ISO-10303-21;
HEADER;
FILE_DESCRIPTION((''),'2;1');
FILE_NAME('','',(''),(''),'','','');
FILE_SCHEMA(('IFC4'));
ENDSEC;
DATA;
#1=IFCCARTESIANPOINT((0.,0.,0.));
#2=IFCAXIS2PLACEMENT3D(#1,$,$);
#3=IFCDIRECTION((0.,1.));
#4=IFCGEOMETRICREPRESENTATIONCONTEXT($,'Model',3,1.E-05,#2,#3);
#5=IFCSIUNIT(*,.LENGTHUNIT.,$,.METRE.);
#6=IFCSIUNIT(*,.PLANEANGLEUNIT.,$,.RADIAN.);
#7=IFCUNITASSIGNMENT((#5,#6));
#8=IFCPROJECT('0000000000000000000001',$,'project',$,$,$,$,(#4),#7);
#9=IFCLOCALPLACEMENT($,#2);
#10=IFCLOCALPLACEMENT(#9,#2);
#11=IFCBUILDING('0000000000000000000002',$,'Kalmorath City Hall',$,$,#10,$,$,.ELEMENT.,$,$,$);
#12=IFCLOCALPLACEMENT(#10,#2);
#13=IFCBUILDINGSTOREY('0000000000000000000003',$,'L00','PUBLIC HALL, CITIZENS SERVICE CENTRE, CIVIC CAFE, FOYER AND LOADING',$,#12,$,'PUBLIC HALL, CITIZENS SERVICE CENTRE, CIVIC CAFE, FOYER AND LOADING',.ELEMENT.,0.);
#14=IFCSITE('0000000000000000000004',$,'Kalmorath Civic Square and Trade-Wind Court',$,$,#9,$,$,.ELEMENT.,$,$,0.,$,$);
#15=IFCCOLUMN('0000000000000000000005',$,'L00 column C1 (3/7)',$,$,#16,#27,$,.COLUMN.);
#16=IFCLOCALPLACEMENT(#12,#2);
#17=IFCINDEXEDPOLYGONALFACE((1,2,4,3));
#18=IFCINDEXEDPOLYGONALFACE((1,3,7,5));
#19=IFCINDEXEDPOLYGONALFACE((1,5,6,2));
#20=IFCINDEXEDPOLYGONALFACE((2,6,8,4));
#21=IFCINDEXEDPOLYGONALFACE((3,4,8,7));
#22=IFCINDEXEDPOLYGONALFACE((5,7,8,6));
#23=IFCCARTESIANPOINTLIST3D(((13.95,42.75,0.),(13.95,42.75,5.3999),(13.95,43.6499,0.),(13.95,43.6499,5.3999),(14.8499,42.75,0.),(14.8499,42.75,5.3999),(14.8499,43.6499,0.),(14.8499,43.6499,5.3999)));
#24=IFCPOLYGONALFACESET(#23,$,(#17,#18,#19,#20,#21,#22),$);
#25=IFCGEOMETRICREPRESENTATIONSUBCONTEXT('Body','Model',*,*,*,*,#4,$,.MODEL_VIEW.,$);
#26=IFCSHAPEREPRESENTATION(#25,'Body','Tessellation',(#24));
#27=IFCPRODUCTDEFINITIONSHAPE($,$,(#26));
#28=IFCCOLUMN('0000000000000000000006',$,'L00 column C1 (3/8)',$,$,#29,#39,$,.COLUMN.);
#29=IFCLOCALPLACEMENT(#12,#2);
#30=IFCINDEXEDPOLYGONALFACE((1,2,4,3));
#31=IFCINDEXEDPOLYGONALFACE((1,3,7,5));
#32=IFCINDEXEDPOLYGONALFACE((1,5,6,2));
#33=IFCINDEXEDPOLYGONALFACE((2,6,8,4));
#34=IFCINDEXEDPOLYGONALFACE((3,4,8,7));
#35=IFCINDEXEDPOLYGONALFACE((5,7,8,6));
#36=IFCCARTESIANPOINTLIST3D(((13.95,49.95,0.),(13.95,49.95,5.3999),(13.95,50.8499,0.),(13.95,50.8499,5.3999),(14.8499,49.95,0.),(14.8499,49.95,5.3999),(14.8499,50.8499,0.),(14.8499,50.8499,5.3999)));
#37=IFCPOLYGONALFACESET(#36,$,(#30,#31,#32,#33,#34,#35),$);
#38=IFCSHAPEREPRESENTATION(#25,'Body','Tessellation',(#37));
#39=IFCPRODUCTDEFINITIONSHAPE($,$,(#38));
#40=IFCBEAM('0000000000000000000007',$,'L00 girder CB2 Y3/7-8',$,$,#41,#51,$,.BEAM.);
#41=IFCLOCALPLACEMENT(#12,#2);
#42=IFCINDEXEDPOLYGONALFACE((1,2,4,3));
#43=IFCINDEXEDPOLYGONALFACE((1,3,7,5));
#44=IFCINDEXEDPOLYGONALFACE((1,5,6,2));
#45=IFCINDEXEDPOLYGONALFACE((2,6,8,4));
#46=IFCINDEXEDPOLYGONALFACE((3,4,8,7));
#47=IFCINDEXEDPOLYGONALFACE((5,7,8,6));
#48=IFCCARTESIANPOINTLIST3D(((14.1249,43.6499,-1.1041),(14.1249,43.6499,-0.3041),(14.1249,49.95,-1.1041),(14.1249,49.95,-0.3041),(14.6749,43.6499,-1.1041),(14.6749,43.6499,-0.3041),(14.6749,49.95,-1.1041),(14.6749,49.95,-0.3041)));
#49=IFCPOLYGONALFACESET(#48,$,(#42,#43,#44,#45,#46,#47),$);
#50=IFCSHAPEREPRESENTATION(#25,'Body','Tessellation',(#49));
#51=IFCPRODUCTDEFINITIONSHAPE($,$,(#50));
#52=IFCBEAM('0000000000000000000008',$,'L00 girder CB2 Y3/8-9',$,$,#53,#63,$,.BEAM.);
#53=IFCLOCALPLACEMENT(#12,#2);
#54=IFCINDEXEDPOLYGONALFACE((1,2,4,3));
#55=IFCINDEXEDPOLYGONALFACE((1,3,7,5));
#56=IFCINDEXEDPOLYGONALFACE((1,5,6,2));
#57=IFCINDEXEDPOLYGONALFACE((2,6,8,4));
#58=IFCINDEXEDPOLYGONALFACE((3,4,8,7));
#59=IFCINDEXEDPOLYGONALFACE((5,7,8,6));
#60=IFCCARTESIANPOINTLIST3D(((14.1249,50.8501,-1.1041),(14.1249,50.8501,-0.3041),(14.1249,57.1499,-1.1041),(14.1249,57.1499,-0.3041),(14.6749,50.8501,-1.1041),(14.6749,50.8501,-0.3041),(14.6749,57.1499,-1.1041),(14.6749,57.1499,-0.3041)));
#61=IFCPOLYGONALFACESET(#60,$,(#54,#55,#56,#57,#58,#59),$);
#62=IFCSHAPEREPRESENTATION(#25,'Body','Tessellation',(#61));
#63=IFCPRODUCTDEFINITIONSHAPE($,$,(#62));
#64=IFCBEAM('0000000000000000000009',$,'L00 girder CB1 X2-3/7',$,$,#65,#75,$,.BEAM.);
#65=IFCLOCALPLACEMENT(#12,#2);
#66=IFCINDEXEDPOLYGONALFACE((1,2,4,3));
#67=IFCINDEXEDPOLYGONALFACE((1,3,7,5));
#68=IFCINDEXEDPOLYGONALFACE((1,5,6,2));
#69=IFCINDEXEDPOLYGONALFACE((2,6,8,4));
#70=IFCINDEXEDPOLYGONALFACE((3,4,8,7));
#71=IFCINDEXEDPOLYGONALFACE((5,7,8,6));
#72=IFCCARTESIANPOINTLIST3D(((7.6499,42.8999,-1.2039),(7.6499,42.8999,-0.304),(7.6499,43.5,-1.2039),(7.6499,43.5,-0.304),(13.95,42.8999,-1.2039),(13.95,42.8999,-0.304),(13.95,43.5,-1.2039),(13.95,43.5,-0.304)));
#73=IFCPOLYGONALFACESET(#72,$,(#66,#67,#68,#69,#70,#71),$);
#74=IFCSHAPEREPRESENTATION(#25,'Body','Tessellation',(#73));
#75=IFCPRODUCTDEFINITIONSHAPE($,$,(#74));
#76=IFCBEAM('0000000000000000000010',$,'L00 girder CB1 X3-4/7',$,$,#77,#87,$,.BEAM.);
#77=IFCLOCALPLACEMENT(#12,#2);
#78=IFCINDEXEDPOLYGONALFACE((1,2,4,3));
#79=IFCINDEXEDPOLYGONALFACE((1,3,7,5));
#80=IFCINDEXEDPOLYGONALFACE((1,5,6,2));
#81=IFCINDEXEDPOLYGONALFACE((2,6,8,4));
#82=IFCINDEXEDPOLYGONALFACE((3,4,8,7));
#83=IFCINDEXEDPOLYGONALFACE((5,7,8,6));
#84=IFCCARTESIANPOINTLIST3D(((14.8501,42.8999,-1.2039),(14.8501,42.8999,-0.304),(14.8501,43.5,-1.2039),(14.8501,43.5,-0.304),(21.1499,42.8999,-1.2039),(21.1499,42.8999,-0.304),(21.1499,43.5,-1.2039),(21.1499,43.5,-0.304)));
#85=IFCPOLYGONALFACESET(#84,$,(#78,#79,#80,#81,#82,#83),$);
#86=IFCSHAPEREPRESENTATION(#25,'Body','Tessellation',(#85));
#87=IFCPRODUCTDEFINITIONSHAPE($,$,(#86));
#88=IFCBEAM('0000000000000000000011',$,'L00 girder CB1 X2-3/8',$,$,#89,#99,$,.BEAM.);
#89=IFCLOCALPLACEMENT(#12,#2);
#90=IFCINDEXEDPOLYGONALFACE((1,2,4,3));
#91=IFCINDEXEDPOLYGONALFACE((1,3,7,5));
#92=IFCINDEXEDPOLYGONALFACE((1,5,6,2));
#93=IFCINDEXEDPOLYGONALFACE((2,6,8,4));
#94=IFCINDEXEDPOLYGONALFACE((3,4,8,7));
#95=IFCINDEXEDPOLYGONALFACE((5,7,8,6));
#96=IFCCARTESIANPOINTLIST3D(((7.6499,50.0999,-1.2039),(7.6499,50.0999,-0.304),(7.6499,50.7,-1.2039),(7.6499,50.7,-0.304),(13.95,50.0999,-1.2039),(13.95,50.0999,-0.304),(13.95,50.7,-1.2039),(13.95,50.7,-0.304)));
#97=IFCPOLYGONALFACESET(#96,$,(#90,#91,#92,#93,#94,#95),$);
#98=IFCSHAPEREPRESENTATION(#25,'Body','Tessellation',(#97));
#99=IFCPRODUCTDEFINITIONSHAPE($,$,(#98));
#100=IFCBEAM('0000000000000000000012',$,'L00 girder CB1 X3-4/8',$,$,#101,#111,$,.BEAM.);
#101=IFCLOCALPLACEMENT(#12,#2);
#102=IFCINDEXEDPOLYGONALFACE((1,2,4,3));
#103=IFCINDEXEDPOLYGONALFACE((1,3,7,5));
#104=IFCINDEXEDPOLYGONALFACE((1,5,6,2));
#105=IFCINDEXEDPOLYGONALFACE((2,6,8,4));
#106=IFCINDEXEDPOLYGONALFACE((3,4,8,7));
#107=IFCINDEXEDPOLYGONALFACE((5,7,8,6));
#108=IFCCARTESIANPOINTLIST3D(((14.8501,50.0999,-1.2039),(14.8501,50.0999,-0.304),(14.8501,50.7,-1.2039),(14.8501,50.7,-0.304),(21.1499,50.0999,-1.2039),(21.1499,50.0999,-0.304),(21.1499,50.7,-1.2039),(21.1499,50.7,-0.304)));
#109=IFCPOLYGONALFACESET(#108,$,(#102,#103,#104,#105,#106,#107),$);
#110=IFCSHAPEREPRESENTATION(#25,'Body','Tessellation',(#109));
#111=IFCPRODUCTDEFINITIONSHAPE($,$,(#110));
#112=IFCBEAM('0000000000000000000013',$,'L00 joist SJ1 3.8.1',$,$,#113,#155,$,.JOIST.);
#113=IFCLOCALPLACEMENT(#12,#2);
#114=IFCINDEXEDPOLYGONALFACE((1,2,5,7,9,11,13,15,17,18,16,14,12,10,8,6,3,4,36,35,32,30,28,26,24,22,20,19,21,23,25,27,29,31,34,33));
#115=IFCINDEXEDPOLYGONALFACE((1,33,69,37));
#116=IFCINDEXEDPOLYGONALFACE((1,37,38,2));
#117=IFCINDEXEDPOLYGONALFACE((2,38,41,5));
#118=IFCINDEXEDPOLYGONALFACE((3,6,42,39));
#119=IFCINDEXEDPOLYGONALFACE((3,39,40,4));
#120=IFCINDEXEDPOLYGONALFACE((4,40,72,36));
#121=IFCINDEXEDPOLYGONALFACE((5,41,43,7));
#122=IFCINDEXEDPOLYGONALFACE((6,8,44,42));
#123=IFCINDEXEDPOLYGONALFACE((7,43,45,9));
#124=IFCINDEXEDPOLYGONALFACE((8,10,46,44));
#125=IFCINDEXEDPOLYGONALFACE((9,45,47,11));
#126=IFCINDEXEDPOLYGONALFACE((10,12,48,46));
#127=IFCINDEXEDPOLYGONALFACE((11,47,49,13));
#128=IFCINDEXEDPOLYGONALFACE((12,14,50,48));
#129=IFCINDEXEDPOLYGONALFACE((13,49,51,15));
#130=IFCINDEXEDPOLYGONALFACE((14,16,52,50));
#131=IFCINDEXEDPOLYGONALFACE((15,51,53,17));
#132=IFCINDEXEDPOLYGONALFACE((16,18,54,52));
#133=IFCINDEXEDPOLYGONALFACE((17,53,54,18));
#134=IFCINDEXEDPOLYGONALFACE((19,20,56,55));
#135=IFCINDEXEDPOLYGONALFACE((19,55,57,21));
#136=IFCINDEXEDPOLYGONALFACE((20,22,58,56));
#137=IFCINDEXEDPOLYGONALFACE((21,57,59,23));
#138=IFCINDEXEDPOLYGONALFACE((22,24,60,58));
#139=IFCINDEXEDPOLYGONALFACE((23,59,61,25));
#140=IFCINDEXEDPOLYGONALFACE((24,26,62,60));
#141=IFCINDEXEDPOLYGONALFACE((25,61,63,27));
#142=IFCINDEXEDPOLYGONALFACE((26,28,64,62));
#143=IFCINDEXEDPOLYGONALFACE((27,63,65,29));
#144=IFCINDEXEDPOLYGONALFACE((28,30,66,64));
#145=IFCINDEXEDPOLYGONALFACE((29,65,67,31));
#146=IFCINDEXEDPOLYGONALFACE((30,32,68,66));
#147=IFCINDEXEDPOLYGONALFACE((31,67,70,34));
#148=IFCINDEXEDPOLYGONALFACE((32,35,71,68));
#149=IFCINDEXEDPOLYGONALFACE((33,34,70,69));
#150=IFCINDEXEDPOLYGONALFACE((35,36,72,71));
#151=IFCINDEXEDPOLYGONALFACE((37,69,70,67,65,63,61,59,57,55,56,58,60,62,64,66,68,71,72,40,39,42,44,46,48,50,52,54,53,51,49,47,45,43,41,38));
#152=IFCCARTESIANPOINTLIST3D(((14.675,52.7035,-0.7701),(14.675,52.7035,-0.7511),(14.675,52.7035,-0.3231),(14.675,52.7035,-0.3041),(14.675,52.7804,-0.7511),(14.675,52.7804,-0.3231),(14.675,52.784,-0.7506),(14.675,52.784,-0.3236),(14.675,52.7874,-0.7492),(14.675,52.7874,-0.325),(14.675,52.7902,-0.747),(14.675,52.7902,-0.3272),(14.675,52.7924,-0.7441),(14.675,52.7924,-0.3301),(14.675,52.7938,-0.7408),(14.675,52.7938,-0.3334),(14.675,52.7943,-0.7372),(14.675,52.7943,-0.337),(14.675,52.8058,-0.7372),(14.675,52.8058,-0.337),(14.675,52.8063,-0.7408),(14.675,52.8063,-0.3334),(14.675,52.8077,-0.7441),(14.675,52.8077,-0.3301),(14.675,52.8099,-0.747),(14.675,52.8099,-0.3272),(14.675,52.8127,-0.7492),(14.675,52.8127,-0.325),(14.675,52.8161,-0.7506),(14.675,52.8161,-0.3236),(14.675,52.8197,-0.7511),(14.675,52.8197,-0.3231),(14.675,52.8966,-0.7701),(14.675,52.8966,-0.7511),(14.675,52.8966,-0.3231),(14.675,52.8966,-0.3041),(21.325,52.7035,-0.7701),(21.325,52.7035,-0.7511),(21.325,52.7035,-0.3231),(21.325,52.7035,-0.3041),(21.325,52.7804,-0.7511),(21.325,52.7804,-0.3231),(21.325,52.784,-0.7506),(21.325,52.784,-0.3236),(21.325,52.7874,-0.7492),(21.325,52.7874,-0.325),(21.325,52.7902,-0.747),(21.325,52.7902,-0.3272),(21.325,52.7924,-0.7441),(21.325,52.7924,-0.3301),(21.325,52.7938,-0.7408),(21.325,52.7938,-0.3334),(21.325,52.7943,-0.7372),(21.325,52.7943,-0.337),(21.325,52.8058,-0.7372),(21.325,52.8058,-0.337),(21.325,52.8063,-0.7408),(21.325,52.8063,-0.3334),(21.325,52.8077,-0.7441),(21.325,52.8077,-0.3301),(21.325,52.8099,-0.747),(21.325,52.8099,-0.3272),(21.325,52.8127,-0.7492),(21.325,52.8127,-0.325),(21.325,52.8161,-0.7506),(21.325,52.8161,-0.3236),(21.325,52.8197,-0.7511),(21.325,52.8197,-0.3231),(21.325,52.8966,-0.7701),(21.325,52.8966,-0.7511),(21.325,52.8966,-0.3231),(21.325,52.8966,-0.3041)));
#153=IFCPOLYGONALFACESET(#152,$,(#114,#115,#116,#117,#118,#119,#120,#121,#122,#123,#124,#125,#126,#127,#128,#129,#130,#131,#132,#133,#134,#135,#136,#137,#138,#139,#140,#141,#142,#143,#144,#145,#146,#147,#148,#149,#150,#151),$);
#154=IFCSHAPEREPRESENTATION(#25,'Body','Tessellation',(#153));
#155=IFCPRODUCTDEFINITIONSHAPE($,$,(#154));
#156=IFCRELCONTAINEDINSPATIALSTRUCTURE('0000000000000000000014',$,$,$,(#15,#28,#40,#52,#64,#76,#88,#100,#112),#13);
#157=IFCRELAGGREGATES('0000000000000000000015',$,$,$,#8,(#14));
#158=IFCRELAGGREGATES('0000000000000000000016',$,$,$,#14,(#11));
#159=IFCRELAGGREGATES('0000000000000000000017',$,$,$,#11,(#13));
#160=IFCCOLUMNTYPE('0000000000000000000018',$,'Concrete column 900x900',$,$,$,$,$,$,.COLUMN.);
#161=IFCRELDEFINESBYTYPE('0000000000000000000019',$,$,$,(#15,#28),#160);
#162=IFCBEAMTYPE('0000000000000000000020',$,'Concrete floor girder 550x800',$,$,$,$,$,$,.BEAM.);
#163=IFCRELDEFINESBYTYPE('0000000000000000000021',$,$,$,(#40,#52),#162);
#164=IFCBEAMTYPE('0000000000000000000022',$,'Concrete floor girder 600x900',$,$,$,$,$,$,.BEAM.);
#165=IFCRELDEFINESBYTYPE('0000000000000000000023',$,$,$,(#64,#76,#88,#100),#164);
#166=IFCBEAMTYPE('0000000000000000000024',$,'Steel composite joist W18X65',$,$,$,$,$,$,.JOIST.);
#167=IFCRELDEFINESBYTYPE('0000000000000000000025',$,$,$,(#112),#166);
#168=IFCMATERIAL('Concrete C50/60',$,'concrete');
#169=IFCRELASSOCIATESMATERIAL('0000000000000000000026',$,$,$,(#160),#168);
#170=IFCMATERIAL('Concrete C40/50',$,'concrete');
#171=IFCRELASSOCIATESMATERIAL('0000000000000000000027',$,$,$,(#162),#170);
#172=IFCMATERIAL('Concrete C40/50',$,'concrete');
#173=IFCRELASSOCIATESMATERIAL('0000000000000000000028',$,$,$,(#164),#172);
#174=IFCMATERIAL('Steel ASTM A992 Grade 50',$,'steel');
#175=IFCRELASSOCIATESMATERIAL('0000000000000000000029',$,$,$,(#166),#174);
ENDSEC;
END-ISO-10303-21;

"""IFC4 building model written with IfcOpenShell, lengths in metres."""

from ifc_helpers import new_model, si_unit, direction, frame, origin, origin_2d, place, context, subcontext, project, spatial, rectangle, i_section, extrude, material, material_profile, profile_set, type_object, element, save


model = new_model("IFC4")

# Units and contexts
model_context = context("Model", 3, precision=1e-05, world=origin(), true_north=direction((0.0, 1.0)))
body_context = subcontext(model_context, "Body", "Model", "MODEL_VIEW")
ifc_project = project(units=[si_unit("LENGTHUNIT", "METRE"), si_unit("PLANEANGLEUNIT", "RADIAN")], contexts=[model_context])

# Site, building, storey
site_placement = place(None, origin())
site = spatial("IfcSite", under=ifc_project, at=site_placement, Name="Kalmorath Civic Square and Trade-Wind Court", CompositionType="ELEMENT", RefElevation=0.0)
building_placement = place(site_placement, origin())
building = spatial("IfcBuilding", under=site, at=building_placement, Name="Kalmorath City Hall", CompositionType="ELEMENT")
storey_placement = place(building_placement, origin())
storey = spatial("IfcBuildingStorey", under=building, at=storey_placement, Name="L00", Description="PUBLIC HALL, CITIZENS SERVICE CENTRE, CIVIC CAFE, FOYER AND LOADING", LongName="PUBLIC HALL, CITIZENS SERVICE CENTRE, CIVIC CAFE, FOYER AND LOADING", CompositionType="ELEMENT", Elevation=0.0)

# Columns
ifc_material_1 = material(Name="Concrete C50/60", Category="concrete")
ifc_material_profile_1 = material_profile(ifc_material_1, rectangle(XDim=0.8999, YDim=0.8999, at=origin_2d()), Name="RC-COL-900X900")
ifc_profile_set_1 = profile_set([ifc_material_profile_1], Name="Concrete C50/60")
column_type = type_object("IfcColumnType", Name="Concrete column 900x900", PredefinedType="COLUMN", material=ifc_profile_set_1)
for number, where, z_axis, x_axis, name in (
    (1, (14.3999, 43.2, 0.0), (0.0, 0.0, 1.0), (1.0, 0.0, 0.0), "L00 column C1 (3/7)"),
    (2, (14.3999, 50.3999, 0.0), (0.0, 0.0, 1.0), (1.0, 0.0, 0.0), "L00 column C1 (3/8)"),
):
    element("IfcColumn", number, at=place(storey_placement, frame(where, z_axis=z_axis, x_axis=x_axis)), inside=storey, type_object=column_type, Name=name, PredefinedType="COLUMN", context=body_context, shape_type="SweptSolid", body=[
        extrude(rectangle(XDim=0.8999, YDim=0.8999, at=origin_2d()), origin(), (0.0, 0.0, 1.0), 5.3999),
    ])

# Beams
ifc_material_2 = material(Name="Concrete C40/50", Category="concrete")
ifc_material_profile_2 = material_profile(ifc_material_2, rectangle(XDim=0.55, YDim=0.8, at=origin_2d()), Name="RC-BM-550X800")
ifc_profile_set_2 = profile_set([ifc_material_profile_2], Name="Concrete C40/50")
beam_type_1 = type_object("IfcBeamType", Name="Concrete floor girder 550x800", PredefinedType="BEAM", material=ifc_profile_set_2)
beam_1_placement = place(storey_placement, frame((14.3999, 43.6499, -0.7041), z_axis=(0.0, 1.0, 0.0), x_axis=(-1.0, 0.0, 0.0)))
element("IfcBeam", 3, at=beam_1_placement, inside=storey, type_object=beam_type_1, Name="L00 girder CB2 Y3/7-8", PredefinedType="BEAM", context=body_context, shape_type="SweptSolid", body=[
    extrude(rectangle(XDim=0.55, YDim=0.8, at=origin_2d()), origin(), (0.0, 0.0, 1.0), 6.3),
])
beam_2_placement = place(storey_placement, frame((14.3999, 50.8501, -0.7041), z_axis=(0.0, 1.0, 0.0), x_axis=(-1.0, 0.0, 0.0)))
element("IfcBeam", 4, at=beam_2_placement, inside=storey, type_object=beam_type_1, Name="L00 girder CB2 Y3/8-9", PredefinedType="BEAM", context=body_context, shape_type="SweptSolid", body=[
    extrude(rectangle(XDim=0.55, YDim=0.8, at=origin_2d()), origin(), (0.0, 0.0, 1.0), 6.2998),
])
ifc_material_3 = material(Name="Concrete C40/50", Category="concrete")
ifc_material_profile_3 = material_profile(ifc_material_3, rectangle(XDim=0.6001, YDim=0.8999, at=origin_2d()), Name="RC-BM-600X900")
ifc_profile_set_3 = profile_set([ifc_material_profile_3], Name="Concrete C40/50")
beam_type_2 = type_object("IfcBeamType", Name="Concrete floor girder 600x900", PredefinedType="BEAM", material=ifc_profile_set_3)
beam_3_placement = place(storey_placement, frame((7.6499, 43.2, -0.7539), z_axis=(1.0, 0.0, 0.0), x_axis=(0.0, 1.0, 0.0)))
element("IfcBeam", 5, at=beam_3_placement, inside=storey, type_object=beam_type_2, Name="L00 girder CB1 X2-3/7", PredefinedType="BEAM", context=body_context, shape_type="SweptSolid", body=[
    extrude(rectangle(XDim=0.6001, YDim=0.8999, at=origin_2d()), origin(), (0.0, 0.0, 1.0), 6.3),
])
beam_4_placement = place(storey_placement, frame((14.8501, 43.2, -0.7539), z_axis=(1.0, 0.0, 0.0), x_axis=(0.0, 1.0, 0.0)))
element("IfcBeam", 6, at=beam_4_placement, inside=storey, type_object=beam_type_2, Name="L00 girder CB1 X3-4/7", PredefinedType="BEAM", context=body_context, shape_type="SweptSolid", body=[
    extrude(rectangle(XDim=0.6001, YDim=0.8999, at=origin_2d()), origin(), (0.0, 0.0, 1.0), 6.2998),
])
beam_5_placement = place(storey_placement, frame((7.6499, 50.3999, -0.7539), z_axis=(1.0, 0.0, 0.0), x_axis=(0.0, 1.0, 0.0)))
element("IfcBeam", 7, at=beam_5_placement, inside=storey, type_object=beam_type_2, Name="L00 girder CB1 X2-3/8", PredefinedType="BEAM", context=body_context, shape_type="SweptSolid", body=[
    extrude(rectangle(XDim=0.6001, YDim=0.8999, at=origin_2d()), origin(), (0.0, 0.0, 1.0), 6.3),
])
beam_6_placement = place(storey_placement, frame((14.8501, 50.3999, -0.7539), z_axis=(1.0, 0.0, 0.0), x_axis=(0.0, 1.0, 0.0)))
element("IfcBeam", 8, at=beam_6_placement, inside=storey, type_object=beam_type_2, Name="L00 girder CB1 X3-4/8", PredefinedType="BEAM", context=body_context, shape_type="SweptSolid", body=[
    extrude(rectangle(XDim=0.6001, YDim=0.8999, at=origin_2d()), origin(), (0.0, 0.0, 1.0), 6.2998),
])
ifc_material_4 = material(Name="Steel ASTM A992 Grade 50", Category="steel")
ifc_material_profile_4 = material_profile(ifc_material_4, i_section(OverallWidth=0.1931, OverallDepth=0.4661, WebThickness=0.0115, FlangeThickness=0.019, FilletRadius=0.0139, at=origin_2d()), Name="W18X65")
ifc_profile_set_4 = profile_set([ifc_material_profile_4], Name="Steel ASTM A992 Grade 50")
beam_type_3 = type_object("IfcBeamType", Name="Steel composite joist W18X65", PredefinedType="JOIST", material=ifc_profile_set_4)
for number, where, z_axis, x_axis, name in (
    (9, (14.675, 52.8, -0.5371), (1.0, 0.0, 0.0), (0.0, 1.0, 0.0), "L00 joist SJ1 3.8.1"),
):
    element("IfcBeam", number, at=place(storey_placement, frame(where, z_axis=z_axis, x_axis=x_axis)), inside=storey, type_object=beam_type_3, Name=name, PredefinedType="JOIST", context=body_context, shape_type="SweptSolid", body=[
        extrude(i_section(OverallWidth=0.1931, OverallDepth=0.4661, WebThickness=0.0115, FlangeThickness=0.019, FilletRadius=0.0139, at=origin_2d()), origin(), (0.0, 0.0, 1.0), 6.6499),
    ])

save(model, "model.ifc")
